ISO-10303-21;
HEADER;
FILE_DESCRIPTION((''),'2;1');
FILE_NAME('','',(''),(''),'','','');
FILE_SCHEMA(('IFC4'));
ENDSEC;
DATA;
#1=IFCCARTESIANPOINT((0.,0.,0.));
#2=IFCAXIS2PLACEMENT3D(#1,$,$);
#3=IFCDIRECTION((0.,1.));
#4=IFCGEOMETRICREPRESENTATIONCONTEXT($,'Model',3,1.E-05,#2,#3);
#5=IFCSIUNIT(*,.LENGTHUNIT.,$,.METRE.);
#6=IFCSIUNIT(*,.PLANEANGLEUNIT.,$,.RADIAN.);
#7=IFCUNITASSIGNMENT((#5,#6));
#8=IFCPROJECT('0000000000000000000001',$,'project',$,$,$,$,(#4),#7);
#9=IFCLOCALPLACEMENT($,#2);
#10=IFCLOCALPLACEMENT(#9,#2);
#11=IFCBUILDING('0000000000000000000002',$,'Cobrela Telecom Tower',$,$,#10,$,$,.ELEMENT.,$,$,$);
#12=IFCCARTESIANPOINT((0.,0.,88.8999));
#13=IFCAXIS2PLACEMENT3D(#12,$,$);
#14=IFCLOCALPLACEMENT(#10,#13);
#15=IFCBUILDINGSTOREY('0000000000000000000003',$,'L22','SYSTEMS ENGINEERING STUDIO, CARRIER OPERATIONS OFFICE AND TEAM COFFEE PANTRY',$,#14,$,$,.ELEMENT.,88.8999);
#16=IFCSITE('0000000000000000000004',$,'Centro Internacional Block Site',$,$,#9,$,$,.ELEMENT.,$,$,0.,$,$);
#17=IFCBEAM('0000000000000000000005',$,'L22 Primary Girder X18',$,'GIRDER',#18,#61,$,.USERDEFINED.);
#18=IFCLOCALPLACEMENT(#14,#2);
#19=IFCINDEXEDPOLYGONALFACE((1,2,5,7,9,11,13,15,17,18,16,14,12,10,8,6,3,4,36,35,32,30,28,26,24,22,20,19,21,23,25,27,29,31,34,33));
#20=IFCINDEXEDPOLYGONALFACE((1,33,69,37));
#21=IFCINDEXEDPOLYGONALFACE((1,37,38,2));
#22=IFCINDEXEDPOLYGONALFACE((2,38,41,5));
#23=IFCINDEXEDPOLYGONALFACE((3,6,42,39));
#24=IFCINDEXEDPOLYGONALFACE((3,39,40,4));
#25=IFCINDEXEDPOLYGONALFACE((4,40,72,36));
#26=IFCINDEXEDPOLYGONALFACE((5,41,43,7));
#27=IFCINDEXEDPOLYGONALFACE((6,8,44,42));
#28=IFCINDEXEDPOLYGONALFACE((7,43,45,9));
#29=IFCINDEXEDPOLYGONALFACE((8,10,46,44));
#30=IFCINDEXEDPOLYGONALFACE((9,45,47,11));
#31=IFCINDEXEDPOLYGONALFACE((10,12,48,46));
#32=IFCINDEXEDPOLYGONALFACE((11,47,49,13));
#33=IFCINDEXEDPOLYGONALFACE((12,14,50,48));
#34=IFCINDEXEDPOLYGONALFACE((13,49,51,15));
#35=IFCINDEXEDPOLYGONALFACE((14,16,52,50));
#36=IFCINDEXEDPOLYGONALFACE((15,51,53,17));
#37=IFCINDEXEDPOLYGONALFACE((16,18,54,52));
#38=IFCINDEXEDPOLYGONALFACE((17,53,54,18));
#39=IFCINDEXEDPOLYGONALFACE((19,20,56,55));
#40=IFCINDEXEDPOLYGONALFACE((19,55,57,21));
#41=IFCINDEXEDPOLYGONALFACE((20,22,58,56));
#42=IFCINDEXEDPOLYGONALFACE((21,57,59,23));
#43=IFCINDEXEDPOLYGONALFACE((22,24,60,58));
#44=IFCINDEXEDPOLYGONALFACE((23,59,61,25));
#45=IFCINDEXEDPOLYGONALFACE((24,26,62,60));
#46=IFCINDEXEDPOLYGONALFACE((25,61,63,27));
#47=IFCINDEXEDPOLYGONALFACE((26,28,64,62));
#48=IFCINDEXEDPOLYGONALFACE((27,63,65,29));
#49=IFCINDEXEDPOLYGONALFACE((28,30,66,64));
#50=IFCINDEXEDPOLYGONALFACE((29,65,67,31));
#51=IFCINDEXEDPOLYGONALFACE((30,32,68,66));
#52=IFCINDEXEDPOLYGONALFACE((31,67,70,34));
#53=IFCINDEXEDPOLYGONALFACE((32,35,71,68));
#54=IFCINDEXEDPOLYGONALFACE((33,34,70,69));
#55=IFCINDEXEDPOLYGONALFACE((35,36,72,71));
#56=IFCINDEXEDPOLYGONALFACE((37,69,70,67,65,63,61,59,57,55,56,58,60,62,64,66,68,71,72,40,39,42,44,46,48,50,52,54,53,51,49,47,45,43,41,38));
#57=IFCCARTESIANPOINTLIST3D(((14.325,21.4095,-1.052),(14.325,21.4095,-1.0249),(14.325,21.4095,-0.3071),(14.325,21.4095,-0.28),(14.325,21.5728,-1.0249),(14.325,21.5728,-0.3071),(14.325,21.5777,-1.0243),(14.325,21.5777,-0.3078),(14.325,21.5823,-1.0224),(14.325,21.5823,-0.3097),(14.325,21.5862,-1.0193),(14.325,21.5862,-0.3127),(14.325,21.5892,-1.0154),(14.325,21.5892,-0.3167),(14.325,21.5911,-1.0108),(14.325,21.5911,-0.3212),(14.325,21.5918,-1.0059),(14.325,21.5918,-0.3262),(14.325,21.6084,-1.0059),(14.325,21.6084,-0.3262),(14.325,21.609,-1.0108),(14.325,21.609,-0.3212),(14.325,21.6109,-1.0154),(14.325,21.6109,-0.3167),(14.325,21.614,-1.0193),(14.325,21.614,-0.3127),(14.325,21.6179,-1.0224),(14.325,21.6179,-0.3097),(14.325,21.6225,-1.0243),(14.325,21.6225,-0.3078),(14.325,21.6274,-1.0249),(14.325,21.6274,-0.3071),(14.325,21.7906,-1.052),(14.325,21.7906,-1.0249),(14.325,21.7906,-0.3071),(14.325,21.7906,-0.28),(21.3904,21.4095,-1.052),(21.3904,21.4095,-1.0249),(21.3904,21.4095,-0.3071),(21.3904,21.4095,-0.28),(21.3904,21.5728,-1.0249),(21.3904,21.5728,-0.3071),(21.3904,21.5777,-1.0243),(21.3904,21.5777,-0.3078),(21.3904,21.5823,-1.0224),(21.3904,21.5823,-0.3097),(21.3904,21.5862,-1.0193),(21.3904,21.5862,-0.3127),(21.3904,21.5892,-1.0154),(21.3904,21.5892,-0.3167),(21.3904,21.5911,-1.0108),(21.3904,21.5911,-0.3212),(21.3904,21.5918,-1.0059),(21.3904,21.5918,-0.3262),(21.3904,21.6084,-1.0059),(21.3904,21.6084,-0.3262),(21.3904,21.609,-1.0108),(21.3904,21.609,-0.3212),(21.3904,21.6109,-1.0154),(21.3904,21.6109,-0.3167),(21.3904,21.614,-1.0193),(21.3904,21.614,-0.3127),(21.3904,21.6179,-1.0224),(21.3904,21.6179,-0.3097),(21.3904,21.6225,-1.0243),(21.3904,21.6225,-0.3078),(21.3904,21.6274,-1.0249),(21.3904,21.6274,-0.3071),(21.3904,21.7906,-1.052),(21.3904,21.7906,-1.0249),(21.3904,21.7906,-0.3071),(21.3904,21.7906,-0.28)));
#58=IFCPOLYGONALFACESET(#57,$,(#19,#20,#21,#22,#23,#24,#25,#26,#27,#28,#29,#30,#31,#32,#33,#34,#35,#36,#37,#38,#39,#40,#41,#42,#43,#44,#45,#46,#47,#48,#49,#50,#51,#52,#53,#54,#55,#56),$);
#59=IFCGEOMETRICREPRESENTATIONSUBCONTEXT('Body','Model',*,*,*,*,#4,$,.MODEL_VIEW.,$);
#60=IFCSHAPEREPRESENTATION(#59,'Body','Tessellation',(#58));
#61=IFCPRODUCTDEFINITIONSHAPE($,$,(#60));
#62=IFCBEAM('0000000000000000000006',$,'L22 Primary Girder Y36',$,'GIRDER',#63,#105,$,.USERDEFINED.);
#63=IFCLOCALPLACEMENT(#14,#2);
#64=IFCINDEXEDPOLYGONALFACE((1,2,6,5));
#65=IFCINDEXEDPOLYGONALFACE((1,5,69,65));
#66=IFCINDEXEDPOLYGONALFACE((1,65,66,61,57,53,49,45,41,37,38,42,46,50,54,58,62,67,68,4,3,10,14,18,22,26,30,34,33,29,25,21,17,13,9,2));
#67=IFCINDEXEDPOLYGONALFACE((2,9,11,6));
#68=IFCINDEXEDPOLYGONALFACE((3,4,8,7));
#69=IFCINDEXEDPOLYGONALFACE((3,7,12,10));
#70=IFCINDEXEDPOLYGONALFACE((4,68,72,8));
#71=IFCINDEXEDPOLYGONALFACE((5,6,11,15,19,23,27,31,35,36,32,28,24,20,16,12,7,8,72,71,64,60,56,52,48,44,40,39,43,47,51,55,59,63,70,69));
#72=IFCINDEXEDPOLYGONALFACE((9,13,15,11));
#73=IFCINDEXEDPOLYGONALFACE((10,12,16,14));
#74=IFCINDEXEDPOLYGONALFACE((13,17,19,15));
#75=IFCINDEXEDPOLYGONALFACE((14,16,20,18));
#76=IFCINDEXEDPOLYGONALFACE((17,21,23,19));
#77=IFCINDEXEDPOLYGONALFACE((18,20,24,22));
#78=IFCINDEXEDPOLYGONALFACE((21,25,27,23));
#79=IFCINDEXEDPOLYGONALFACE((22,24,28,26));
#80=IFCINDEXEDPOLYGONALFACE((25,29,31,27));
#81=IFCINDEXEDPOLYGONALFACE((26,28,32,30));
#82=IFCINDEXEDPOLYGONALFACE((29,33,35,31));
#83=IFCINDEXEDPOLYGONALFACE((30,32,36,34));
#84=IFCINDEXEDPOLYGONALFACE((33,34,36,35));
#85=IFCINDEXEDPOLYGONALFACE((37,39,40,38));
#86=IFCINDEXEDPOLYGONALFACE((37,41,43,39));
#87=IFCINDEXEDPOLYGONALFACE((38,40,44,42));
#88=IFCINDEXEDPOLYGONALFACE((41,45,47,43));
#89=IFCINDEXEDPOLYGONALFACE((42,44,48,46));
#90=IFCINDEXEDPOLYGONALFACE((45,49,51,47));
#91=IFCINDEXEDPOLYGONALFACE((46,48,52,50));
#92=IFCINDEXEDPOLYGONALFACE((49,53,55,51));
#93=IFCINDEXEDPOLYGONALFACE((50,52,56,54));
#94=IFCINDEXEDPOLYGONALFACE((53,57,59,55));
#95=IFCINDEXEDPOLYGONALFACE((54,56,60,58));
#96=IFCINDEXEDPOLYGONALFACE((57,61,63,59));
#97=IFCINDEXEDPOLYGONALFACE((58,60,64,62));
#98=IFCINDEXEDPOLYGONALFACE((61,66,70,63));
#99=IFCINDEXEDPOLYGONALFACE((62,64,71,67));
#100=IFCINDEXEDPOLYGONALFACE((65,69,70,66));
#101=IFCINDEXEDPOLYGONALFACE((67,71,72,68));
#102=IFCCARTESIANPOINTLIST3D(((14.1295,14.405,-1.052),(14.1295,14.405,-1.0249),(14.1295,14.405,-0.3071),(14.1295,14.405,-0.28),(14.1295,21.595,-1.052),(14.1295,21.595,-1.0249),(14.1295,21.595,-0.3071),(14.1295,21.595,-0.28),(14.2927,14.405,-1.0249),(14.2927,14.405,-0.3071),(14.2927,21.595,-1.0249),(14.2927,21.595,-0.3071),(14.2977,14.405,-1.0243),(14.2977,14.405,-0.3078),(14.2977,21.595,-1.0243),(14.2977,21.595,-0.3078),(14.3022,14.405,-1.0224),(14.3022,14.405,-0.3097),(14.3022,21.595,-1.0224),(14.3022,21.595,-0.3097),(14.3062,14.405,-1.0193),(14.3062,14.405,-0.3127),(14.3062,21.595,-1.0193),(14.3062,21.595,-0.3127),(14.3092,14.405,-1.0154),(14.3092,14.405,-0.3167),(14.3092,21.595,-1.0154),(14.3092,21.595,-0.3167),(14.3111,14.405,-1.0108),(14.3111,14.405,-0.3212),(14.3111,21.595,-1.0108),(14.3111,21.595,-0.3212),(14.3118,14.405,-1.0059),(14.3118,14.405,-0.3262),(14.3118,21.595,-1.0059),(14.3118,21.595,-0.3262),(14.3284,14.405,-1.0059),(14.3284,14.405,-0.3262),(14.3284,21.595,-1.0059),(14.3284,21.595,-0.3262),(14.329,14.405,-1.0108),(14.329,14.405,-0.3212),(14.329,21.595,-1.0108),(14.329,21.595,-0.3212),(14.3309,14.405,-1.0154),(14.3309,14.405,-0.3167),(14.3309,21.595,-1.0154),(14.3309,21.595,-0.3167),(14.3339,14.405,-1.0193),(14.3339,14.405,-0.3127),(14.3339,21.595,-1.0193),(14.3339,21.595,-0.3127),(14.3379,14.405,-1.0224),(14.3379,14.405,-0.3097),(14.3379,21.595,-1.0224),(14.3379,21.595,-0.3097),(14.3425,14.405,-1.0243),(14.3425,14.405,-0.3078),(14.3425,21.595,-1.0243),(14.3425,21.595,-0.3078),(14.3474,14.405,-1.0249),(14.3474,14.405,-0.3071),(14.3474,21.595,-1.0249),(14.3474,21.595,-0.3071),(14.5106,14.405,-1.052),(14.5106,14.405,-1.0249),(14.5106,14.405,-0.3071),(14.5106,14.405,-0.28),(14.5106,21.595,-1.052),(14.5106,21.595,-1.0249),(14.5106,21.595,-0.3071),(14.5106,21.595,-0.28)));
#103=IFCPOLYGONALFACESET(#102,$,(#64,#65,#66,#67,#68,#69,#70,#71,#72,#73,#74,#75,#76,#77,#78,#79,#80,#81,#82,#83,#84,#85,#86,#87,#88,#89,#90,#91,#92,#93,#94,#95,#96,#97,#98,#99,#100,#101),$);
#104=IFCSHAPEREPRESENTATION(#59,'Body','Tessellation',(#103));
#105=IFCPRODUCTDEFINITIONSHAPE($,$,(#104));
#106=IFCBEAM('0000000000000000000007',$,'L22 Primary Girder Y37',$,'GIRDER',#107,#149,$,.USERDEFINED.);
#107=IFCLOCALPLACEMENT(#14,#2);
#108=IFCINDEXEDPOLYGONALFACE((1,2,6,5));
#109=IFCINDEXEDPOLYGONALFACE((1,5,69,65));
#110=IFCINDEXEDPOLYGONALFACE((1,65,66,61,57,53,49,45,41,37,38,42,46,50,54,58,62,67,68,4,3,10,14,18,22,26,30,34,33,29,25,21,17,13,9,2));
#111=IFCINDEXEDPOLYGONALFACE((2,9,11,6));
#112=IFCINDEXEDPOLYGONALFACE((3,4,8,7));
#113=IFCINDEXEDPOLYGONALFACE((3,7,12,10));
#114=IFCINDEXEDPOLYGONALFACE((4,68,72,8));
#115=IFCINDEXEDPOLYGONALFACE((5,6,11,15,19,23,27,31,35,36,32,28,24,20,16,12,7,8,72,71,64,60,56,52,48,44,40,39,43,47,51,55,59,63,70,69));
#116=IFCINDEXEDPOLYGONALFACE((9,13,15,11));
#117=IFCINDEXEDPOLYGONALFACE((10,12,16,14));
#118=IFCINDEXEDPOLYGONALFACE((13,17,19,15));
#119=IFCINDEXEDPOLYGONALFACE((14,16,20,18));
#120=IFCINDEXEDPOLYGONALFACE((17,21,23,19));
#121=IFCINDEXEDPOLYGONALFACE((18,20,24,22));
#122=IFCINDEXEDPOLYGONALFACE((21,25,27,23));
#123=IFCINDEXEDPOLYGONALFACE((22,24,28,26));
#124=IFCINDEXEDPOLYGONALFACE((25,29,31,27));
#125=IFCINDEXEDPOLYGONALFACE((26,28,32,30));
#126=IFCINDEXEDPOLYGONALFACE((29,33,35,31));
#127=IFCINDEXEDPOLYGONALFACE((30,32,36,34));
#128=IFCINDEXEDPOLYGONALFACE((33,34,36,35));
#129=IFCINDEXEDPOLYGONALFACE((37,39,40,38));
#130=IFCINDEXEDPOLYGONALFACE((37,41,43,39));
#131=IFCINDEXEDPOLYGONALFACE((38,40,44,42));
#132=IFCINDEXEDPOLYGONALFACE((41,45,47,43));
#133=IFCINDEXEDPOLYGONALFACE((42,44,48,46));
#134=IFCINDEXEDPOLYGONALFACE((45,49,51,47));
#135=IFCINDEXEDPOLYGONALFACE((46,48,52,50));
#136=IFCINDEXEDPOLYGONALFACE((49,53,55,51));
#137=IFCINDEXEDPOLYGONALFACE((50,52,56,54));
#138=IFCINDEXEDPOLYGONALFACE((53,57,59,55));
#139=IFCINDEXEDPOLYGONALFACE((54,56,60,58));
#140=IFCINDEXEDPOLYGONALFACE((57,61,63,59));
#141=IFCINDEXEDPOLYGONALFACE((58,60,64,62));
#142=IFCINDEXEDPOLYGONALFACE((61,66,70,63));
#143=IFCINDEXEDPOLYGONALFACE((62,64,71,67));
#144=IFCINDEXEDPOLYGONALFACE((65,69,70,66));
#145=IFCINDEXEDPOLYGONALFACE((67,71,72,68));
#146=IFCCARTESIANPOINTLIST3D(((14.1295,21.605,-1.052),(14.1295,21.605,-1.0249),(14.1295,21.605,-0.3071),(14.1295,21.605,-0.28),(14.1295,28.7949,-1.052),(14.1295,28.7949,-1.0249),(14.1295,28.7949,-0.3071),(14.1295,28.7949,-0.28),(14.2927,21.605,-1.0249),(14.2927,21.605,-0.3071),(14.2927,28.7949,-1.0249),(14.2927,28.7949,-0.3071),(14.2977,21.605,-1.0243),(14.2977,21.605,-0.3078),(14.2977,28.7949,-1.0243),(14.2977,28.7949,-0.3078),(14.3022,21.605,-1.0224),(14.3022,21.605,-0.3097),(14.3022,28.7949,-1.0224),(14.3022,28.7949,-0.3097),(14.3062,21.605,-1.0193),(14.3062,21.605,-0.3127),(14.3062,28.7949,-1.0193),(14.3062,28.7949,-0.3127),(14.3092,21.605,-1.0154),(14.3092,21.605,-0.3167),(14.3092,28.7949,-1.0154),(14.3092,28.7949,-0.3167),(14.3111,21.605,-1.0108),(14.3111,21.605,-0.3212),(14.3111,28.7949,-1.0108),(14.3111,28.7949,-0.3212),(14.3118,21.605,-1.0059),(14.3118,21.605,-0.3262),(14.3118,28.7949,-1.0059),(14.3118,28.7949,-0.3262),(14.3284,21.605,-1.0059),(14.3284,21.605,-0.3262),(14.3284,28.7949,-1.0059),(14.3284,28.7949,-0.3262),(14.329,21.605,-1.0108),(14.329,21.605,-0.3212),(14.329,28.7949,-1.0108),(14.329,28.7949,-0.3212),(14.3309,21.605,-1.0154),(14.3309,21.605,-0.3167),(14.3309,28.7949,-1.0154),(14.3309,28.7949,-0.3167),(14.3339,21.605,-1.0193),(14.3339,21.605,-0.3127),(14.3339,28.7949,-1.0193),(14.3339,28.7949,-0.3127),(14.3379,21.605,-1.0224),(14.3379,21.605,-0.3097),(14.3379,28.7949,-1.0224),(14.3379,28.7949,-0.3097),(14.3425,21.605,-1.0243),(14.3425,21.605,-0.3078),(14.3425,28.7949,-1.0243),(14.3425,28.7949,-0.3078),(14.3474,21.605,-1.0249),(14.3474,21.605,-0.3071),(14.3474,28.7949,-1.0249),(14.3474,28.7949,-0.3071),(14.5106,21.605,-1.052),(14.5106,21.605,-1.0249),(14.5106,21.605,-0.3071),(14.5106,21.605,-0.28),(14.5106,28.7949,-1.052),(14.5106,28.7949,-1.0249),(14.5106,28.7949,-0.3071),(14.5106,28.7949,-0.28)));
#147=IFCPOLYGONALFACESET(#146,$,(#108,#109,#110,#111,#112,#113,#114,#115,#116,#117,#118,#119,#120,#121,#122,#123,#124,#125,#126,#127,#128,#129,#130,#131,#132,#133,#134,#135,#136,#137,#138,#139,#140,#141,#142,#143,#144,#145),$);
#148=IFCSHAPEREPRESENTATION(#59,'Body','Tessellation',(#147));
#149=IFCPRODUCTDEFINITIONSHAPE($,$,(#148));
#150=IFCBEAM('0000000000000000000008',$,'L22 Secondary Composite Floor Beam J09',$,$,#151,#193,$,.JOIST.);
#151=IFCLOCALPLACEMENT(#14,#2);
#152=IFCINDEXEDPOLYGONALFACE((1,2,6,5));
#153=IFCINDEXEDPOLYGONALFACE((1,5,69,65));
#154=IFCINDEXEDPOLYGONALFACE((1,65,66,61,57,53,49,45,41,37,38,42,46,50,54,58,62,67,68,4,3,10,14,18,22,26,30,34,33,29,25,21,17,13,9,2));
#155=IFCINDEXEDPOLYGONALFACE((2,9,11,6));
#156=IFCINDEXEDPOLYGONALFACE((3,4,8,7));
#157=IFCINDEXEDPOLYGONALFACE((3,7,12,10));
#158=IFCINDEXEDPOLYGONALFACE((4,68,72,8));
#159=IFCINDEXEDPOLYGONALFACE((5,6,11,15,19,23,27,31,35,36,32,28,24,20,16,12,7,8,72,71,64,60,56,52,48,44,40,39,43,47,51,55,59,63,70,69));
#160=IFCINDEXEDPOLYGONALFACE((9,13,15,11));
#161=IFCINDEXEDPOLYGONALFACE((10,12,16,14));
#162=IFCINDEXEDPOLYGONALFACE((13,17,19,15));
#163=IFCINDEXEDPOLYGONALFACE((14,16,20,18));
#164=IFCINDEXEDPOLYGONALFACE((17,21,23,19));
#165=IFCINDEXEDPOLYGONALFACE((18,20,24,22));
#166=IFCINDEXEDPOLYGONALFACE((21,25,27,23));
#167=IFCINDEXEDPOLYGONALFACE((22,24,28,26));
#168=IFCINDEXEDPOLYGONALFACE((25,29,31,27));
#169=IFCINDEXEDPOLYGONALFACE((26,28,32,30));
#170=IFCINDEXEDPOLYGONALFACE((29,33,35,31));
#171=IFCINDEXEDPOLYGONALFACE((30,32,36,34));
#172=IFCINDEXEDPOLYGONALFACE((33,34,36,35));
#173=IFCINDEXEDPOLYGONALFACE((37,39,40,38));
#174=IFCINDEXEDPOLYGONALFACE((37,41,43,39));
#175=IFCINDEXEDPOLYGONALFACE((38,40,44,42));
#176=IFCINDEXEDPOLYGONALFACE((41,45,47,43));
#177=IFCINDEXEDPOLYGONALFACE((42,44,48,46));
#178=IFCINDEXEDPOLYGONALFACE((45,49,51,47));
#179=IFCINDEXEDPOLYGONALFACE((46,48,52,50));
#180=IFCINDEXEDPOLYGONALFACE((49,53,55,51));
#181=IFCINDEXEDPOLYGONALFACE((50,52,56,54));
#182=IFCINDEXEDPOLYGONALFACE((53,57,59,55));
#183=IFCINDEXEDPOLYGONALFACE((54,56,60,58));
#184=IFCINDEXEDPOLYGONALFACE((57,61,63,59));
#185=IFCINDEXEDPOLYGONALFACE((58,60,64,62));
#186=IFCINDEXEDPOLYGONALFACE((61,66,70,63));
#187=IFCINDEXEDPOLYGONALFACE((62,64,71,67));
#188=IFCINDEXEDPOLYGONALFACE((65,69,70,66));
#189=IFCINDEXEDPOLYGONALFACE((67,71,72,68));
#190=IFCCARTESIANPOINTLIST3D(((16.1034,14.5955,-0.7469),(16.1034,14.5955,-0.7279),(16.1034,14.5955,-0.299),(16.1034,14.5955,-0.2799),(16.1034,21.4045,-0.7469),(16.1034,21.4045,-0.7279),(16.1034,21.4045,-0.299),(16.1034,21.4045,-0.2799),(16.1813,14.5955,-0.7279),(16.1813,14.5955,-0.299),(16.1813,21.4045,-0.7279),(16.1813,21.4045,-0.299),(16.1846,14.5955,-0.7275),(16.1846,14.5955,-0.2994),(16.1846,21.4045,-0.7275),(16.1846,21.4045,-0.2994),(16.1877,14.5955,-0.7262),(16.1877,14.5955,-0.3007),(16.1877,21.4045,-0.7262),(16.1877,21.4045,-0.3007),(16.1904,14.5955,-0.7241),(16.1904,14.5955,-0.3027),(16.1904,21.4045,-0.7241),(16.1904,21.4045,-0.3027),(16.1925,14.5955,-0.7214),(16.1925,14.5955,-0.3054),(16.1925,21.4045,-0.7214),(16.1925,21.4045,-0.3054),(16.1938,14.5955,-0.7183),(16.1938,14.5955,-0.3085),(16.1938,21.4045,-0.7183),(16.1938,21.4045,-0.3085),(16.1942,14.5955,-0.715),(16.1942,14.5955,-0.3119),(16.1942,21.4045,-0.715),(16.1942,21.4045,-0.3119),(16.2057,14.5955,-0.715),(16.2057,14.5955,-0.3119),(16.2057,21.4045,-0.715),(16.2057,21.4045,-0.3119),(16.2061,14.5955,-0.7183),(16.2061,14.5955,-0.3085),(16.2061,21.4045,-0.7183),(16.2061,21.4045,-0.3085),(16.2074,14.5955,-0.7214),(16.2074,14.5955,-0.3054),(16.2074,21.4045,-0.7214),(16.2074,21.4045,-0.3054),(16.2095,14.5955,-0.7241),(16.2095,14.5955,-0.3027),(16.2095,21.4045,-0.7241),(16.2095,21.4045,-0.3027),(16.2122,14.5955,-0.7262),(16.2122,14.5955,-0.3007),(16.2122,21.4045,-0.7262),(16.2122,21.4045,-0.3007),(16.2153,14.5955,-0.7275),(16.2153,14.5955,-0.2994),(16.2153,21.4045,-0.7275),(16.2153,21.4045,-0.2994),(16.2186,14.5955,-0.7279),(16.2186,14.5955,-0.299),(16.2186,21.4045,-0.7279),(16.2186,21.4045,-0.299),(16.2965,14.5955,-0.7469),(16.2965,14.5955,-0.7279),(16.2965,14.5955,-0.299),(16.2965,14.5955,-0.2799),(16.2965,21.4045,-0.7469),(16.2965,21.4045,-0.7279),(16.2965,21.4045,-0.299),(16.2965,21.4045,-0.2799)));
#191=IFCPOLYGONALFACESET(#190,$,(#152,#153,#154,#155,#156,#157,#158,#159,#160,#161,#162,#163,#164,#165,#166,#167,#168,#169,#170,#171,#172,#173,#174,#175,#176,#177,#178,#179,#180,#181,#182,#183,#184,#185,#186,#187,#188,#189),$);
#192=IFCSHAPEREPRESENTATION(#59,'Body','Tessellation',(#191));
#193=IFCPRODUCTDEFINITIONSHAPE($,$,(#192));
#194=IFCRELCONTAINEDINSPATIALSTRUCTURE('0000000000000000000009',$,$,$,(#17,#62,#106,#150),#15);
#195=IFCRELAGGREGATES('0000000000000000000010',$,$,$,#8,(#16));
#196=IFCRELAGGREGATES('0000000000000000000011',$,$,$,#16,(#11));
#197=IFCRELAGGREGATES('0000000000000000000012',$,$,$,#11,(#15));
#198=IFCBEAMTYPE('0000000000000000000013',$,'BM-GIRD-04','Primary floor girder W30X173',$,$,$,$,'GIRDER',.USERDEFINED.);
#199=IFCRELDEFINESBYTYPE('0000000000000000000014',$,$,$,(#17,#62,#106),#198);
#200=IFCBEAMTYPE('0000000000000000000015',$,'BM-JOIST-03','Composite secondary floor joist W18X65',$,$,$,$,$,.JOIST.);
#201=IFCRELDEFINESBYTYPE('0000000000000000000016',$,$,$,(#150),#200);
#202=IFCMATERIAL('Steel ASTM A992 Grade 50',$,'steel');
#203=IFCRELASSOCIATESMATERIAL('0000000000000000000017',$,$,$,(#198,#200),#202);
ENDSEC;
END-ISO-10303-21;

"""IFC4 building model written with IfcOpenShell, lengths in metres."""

from ifc_helpers import new_model, si_unit, direction, frame, origin, origin_2d, place, context, subcontext, project, spatial, i_section, extrude, material, material_profile, profile_set, type_object, element, save


model = new_model("IFC4")

# Units and contexts
model_context = context("Model", 3, precision=1e-05, world=origin(), true_north=direction((0.0, 1.0)))
body_context = subcontext(model_context, "Body", "Model", "MODEL_VIEW")
ifc_project = project(units=[si_unit("LENGTHUNIT", "METRE"), si_unit("PLANEANGLEUNIT", "RADIAN")], contexts=[model_context])

# Site, building, storey
site_placement = place(None, origin())
site = spatial("IfcSite", under=ifc_project, at=site_placement, Name="Centro Internacional Block Site", CompositionType="ELEMENT", RefElevation=0.0)
building_placement = place(site_placement, origin())
building = spatial("IfcBuilding", under=site, at=building_placement, Name="Cobrela Telecom Tower", CompositionType="ELEMENT")
storey_placement = place(building_placement, frame((0.0, 0.0, 88.8999)))
storey = spatial("IfcBuildingStorey", under=building, at=storey_placement, Name="L22", Description="SYSTEMS ENGINEERING STUDIO, CARRIER OPERATIONS OFFICE AND TEAM COFFEE PANTRY", CompositionType="ELEMENT", Elevation=88.8999)

# Beams
ifc_material_1 = material(Name="Steel ASTM A992 Grade 50", Category="steel")
ifc_material_profile_1 = material_profile(ifc_material_1, i_section(OverallWidth=0.3811, OverallDepth=0.772, WebThickness=0.0166, FlangeThickness=0.0271, FilletRadius=0.019, at=origin_2d()), Name="W30X173")
ifc_profile_set_1 = profile_set([ifc_material_profile_1], Name="Steel ASTM A992 Grade 50")
beam_type_1 = type_object("IfcBeamType", Name="BM-GIRD-04", Description="Primary floor girder W30X173", ElementType="GIRDER", PredefinedType="USERDEFINED", material=ifc_profile_set_1)
beam_placement = place(storey_placement, frame((14.325, 21.6001, -0.666), z_axis=(1.0, 0.0, 0.0), x_axis=(0.0, 1.0, 0.0)))
element("IfcBeam", 1, at=beam_placement, inside=storey, type_object=beam_type_1, Name="L22 Primary Girder X18", ObjectType="GIRDER", PredefinedType="USERDEFINED", context=body_context, shape_type="SweptSolid", body=[
    extrude(i_section(OverallWidth=0.3811, OverallDepth=0.772, WebThickness=0.0166, FlangeThickness=0.0271, FilletRadius=0.019, at=origin_2d()), origin(), (0.0, 0.0, 1.0), 7.0654),
])
for number, where, z_axis, x_axis, name in (
    (2, (14.3201, 14.405, -0.666), (0.0, 1.0, 0.0), (-1.0, 0.0, 0.0), "L22 Primary Girder Y36"),
    (3, (14.3201, 21.605, -0.666), (0.0, 1.0, 0.0), (-1.0, 0.0, 0.0), "L22 Primary Girder Y37"),
):
    element("IfcBeam", number, at=place(storey_placement, frame(where, z_axis=z_axis, x_axis=x_axis)), inside=storey, type_object=beam_type_1, Name=name, ObjectType="GIRDER", PredefinedType="USERDEFINED", context=body_context, shape_type="SweptSolid", body=[
        extrude(i_section(OverallWidth=0.3811, OverallDepth=0.772, WebThickness=0.0166, FlangeThickness=0.0271, FilletRadius=0.019, at=origin_2d()), origin(), (0.0, 0.0, 1.0), 7.1899),
    ])
ifc_material_profile_2 = material_profile(ifc_material_1, i_section(OverallWidth=0.1931, OverallDepth=0.467, WebThickness=0.0115, FlangeThickness=0.019, FilletRadius=0.0129, at=origin_2d()), Name="W18X65")
ifc_profile_set_2 = profile_set([ifc_material_profile_2], Name="Steel ASTM A992 Grade 50")
beam_type_2 = type_object("IfcBeamType", Name="BM-JOIST-03", Description="Composite secondary floor joist W18X65", PredefinedType="JOIST", material=ifc_profile_set_2)
for number, where, z_axis, x_axis, name in (
    (4, (16.2, 14.5955, -0.5134), (0.0, 1.0, 0.0), (-1.0, 0.0, 0.0), "L22 Secondary Composite Floor Beam J09"),
):
    element("IfcBeam", number, at=place(storey_placement, frame(where, z_axis=z_axis, x_axis=x_axis)), inside=storey, type_object=beam_type_2, Name=name, PredefinedType="JOIST", context=body_context, shape_type="SweptSolid", body=[
        extrude(i_section(OverallWidth=0.1931, OverallDepth=0.467, WebThickness=0.0115, FlangeThickness=0.019, FilletRadius=0.0129, at=origin_2d()), origin(), (0.0, 0.0, 1.0), 6.8091),
    ])

save(model, "model.ifc")
